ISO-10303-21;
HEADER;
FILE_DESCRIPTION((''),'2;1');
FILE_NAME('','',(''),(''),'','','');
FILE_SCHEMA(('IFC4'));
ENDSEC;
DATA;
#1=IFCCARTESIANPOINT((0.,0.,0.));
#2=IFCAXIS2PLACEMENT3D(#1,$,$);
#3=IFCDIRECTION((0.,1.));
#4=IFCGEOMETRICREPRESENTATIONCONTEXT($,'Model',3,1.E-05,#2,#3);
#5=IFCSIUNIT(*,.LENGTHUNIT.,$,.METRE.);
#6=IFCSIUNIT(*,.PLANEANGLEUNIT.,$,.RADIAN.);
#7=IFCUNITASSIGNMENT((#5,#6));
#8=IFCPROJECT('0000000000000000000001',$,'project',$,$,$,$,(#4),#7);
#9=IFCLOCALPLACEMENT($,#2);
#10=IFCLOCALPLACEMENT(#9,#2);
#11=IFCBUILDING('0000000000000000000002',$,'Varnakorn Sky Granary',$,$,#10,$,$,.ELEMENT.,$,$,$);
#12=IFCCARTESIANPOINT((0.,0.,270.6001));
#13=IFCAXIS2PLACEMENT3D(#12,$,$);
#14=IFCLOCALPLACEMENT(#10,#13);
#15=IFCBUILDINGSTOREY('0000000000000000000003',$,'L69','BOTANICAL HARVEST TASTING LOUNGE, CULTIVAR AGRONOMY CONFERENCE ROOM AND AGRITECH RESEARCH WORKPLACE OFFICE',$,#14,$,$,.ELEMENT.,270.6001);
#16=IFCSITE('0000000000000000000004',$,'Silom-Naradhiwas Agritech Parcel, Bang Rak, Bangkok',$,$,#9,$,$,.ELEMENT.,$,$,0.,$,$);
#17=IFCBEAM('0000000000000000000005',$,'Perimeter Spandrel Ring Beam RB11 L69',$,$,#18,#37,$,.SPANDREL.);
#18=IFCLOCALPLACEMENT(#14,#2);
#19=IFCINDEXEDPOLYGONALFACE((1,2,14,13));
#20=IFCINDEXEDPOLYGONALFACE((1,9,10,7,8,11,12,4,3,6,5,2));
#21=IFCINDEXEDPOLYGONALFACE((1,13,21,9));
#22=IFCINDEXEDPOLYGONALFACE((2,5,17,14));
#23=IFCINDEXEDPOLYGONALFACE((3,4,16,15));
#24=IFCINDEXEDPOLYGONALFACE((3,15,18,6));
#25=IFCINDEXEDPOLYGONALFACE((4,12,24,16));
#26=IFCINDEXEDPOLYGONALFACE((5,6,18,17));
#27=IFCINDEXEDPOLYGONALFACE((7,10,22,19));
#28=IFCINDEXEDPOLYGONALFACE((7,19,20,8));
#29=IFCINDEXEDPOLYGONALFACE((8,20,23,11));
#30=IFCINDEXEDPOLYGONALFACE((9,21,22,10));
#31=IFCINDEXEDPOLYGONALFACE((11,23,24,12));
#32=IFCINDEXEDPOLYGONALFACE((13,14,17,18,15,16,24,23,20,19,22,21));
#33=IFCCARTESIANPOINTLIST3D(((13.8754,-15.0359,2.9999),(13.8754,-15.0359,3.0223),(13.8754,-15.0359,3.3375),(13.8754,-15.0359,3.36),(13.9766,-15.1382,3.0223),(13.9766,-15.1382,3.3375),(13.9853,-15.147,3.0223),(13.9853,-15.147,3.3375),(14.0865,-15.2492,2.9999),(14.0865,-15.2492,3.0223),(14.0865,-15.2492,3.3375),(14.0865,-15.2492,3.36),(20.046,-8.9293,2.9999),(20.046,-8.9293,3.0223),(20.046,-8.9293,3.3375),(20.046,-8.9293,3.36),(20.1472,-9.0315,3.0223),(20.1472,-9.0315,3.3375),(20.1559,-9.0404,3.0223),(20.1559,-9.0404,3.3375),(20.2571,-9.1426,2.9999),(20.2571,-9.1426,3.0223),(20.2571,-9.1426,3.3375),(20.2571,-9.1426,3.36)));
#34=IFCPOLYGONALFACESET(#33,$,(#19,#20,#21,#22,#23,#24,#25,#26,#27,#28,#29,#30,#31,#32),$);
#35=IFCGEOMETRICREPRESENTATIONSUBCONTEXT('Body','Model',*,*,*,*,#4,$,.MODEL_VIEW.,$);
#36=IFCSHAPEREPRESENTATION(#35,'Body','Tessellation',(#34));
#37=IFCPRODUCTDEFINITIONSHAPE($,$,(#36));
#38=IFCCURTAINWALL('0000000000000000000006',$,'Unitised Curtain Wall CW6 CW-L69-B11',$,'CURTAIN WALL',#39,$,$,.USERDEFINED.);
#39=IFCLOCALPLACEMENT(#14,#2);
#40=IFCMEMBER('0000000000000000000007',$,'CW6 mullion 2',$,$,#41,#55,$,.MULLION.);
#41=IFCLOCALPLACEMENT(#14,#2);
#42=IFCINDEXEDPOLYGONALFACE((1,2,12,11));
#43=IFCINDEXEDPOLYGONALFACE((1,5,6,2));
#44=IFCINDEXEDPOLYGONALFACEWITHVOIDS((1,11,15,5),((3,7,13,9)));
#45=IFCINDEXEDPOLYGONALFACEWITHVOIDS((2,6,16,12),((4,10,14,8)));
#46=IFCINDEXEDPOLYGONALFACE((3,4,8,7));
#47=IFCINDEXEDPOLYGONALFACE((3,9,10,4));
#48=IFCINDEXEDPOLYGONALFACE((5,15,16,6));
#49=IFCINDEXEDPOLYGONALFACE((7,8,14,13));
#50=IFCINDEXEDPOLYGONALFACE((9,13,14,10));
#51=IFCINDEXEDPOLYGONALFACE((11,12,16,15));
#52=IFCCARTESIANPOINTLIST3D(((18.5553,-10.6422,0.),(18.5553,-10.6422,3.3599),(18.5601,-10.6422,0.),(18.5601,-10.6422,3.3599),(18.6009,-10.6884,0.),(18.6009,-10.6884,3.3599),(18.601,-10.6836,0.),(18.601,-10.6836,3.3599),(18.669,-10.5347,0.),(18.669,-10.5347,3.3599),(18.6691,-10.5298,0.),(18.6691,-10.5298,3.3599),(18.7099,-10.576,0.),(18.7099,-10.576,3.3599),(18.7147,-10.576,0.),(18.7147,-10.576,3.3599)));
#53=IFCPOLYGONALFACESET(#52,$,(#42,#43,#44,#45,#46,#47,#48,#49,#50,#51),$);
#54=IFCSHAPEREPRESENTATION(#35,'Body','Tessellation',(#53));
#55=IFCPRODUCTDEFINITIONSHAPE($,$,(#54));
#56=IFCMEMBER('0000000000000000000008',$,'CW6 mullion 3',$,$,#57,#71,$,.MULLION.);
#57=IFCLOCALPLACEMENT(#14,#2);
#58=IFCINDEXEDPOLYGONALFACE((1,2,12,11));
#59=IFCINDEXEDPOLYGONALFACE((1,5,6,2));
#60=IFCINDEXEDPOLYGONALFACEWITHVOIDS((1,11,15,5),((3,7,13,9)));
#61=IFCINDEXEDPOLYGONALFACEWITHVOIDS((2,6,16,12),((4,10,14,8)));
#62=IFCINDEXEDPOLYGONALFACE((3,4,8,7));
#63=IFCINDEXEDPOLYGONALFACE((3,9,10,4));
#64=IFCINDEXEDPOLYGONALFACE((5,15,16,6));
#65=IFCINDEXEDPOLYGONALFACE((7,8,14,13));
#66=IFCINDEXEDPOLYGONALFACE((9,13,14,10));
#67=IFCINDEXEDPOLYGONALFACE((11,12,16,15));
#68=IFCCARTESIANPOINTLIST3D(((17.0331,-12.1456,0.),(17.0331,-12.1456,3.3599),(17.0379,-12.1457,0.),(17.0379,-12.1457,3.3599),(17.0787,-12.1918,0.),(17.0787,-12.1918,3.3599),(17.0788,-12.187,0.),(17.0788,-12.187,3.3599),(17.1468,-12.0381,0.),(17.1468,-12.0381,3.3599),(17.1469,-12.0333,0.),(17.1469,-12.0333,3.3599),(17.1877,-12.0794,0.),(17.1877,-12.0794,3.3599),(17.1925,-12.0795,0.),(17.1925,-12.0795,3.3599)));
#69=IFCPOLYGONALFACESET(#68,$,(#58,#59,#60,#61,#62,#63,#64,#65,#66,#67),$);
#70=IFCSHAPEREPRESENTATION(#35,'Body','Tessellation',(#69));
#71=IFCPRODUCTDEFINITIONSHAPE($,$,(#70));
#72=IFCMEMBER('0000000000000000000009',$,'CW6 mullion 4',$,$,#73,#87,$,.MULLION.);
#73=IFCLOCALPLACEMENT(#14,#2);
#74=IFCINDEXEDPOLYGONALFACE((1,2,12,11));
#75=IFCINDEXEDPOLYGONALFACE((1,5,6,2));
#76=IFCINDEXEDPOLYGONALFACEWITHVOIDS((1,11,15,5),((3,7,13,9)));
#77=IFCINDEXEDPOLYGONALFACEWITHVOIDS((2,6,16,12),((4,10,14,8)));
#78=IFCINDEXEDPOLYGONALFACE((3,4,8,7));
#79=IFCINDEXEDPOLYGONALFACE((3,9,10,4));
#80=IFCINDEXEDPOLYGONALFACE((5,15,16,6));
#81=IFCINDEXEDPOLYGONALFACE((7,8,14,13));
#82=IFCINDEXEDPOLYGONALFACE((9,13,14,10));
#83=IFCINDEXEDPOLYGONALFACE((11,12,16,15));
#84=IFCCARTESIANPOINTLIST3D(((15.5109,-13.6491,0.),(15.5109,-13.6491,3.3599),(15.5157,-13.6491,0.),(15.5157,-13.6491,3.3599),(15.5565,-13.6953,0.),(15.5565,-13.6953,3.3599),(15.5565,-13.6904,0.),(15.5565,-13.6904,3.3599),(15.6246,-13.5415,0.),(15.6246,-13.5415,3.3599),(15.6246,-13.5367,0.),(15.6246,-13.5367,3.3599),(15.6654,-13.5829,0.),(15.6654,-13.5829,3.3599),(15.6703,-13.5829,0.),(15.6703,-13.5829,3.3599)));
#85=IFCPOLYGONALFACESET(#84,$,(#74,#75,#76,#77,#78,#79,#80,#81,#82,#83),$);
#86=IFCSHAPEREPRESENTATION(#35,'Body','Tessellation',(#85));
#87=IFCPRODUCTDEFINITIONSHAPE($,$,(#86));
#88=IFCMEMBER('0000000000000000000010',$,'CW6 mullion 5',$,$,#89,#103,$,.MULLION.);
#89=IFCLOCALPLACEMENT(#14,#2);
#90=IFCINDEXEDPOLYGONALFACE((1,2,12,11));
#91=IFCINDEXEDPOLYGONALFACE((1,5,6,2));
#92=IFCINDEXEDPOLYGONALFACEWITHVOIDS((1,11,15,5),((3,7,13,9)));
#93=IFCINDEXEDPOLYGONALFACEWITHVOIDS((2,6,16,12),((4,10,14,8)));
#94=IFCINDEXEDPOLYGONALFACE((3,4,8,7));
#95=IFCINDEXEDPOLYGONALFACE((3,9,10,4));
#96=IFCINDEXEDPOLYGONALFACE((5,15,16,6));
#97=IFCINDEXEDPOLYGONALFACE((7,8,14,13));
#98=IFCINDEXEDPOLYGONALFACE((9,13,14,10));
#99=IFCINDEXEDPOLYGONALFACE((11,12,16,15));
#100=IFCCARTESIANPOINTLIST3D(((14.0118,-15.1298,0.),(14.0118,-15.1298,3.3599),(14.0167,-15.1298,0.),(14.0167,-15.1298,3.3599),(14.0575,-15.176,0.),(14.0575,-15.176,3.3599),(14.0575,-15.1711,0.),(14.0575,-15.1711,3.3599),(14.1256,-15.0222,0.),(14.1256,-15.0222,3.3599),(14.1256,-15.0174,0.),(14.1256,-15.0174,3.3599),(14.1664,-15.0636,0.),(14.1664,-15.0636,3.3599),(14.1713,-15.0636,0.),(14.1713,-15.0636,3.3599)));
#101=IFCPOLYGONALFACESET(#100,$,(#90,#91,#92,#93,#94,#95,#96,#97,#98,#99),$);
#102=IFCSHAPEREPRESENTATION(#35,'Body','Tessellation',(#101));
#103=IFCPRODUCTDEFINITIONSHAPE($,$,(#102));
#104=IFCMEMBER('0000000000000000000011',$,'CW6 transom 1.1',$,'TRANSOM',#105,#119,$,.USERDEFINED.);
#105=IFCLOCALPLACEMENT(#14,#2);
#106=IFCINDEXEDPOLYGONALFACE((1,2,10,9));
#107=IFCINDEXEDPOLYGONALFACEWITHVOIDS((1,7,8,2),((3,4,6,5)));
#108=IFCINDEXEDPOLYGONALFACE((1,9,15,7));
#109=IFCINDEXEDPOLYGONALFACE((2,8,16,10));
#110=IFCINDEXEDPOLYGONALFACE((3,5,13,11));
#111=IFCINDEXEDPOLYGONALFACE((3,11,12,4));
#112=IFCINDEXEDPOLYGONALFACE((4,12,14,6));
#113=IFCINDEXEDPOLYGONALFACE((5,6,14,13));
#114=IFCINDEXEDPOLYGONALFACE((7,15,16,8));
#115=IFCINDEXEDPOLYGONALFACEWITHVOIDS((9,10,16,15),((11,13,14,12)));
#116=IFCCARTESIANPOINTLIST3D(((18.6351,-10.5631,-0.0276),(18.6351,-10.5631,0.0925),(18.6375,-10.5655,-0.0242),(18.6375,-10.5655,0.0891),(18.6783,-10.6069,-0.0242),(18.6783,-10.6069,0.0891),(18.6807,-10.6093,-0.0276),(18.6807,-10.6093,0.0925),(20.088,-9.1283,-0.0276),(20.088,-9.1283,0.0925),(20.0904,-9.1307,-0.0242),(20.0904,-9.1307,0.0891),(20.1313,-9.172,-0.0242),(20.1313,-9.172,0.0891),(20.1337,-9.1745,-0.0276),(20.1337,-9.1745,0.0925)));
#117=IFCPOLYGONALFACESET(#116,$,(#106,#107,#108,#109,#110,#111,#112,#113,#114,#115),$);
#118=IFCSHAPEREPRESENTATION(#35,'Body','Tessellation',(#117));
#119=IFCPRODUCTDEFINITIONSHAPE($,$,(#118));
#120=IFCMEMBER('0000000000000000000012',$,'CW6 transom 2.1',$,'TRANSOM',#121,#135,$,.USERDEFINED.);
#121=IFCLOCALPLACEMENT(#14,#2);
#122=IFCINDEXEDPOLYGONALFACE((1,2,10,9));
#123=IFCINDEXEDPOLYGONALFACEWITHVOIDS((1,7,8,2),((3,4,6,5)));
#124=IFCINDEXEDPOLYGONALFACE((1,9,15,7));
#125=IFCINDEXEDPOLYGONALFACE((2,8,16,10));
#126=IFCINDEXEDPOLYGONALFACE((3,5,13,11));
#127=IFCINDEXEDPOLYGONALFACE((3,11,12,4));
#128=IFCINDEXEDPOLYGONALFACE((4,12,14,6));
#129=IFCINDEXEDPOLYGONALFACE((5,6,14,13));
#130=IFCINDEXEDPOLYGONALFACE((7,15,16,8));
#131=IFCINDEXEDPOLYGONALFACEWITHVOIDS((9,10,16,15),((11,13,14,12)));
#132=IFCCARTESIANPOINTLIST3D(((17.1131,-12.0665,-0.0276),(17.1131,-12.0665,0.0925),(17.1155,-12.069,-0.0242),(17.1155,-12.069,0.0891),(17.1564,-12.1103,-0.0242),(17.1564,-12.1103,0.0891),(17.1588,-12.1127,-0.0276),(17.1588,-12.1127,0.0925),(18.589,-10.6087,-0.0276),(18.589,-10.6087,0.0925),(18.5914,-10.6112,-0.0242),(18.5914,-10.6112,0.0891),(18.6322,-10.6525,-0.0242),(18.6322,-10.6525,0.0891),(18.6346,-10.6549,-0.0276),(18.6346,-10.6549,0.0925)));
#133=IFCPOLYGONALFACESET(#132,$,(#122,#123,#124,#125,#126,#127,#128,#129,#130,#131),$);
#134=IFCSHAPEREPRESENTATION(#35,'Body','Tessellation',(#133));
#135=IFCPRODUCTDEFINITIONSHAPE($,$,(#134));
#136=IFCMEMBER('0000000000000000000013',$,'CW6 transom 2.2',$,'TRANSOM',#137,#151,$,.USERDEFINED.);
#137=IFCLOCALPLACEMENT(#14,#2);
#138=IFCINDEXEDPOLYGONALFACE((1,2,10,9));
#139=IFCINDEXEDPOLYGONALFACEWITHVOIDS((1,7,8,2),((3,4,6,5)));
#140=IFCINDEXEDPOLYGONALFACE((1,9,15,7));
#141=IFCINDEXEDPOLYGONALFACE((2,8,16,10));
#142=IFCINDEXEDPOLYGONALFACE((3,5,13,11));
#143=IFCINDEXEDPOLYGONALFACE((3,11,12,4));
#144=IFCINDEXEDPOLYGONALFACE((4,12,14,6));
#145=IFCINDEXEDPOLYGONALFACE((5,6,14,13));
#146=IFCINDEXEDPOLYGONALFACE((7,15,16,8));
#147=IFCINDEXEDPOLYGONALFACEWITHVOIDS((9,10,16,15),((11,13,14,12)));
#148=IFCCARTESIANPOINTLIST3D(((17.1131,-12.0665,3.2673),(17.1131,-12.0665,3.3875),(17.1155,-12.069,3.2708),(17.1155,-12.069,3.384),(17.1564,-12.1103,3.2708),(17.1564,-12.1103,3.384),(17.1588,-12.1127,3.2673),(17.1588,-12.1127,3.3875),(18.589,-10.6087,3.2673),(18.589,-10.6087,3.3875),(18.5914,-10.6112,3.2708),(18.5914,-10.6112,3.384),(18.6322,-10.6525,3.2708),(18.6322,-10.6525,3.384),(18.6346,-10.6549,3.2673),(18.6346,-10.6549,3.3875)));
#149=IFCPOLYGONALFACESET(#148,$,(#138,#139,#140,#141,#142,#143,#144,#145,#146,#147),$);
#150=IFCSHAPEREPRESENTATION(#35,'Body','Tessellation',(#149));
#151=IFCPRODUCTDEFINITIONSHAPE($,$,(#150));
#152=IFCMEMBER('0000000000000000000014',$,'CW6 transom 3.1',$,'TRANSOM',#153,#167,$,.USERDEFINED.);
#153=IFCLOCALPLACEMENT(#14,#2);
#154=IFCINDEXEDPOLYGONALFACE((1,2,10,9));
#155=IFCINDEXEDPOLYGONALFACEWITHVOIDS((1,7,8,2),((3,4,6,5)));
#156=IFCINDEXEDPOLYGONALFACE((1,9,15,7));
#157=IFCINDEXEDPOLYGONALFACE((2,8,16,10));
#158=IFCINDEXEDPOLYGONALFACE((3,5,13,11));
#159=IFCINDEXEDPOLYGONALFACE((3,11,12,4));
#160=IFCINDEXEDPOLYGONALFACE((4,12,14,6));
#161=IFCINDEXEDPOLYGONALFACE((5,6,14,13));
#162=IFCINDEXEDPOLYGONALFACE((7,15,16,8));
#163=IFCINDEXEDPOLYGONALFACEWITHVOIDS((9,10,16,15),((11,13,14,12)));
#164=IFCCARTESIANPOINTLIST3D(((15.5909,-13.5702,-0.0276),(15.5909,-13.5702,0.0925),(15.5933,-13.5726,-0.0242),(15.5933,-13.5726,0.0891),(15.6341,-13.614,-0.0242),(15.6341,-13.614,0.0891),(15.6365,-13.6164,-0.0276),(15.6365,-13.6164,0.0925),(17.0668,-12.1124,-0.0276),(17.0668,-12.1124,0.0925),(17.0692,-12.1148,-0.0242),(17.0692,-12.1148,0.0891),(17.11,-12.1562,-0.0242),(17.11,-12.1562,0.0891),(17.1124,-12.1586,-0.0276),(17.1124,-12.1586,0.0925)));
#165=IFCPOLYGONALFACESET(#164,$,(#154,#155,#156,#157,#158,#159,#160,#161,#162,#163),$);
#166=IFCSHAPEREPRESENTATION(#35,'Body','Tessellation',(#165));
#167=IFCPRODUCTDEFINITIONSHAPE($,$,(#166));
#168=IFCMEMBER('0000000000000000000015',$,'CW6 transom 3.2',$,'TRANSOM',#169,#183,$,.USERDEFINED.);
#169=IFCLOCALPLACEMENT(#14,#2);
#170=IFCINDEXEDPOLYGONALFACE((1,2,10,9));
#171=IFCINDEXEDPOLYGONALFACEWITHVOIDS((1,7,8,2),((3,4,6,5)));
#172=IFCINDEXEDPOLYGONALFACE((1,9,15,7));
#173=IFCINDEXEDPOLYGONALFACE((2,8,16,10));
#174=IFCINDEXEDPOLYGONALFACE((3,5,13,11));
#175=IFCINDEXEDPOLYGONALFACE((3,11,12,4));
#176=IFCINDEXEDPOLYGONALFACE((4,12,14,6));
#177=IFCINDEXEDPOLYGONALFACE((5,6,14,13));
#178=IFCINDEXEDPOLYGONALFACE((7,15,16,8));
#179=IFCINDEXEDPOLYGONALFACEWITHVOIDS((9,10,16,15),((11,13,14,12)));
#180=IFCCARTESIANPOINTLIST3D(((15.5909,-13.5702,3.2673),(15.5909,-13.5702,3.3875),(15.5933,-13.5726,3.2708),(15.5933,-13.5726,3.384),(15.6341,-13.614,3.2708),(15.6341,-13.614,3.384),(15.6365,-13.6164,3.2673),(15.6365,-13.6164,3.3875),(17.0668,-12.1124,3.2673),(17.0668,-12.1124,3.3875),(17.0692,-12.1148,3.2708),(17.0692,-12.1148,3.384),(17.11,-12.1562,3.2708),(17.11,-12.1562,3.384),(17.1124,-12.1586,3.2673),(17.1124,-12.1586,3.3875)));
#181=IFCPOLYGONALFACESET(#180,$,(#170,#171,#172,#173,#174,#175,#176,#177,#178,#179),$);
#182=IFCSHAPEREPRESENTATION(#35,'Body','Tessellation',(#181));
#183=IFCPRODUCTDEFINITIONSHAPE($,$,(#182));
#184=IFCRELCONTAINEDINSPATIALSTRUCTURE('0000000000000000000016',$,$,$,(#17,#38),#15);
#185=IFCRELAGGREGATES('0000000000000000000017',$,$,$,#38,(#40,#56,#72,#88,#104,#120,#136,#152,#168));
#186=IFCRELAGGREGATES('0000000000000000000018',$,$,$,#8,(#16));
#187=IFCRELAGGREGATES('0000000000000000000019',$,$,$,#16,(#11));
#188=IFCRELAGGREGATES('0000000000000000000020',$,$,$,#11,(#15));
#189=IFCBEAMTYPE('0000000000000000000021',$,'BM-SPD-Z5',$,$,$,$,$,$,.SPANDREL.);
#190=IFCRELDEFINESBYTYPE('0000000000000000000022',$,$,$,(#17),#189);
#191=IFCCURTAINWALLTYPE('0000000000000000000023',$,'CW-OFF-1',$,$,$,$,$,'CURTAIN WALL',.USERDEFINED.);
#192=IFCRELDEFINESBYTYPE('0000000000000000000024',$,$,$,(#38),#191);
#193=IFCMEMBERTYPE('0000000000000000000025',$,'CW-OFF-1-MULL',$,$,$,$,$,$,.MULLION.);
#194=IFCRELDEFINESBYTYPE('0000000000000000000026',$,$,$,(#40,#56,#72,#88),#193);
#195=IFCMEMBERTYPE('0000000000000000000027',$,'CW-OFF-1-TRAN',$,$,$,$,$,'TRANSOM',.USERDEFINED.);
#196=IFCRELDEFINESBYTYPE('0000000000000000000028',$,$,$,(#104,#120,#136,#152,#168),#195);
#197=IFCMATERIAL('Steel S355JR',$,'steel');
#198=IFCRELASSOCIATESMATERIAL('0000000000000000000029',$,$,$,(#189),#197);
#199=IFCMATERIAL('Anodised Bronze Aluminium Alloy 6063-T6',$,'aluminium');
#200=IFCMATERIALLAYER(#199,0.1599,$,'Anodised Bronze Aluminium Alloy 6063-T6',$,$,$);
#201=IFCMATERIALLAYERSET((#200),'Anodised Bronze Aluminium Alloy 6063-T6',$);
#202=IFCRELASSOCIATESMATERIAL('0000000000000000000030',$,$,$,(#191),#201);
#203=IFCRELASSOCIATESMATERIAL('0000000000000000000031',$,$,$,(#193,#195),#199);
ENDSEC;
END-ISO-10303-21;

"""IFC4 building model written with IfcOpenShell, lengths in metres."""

from ifc_helpers import new_model, si_unit, direction, frame, origin, origin_2d, place, context, subcontext, project, spatial, hollow_rectangle, i_section, extrude, material, layer, layer_set, material_profile, profile_set, type_object, element, aggregate, save


model = new_model("IFC4")

# Units and contexts
model_context = context("Model", 3, precision=1e-05, world=origin(), true_north=direction((0.0, 1.0)))
body_context = subcontext(model_context, "Body", "Model", "MODEL_VIEW")
ifc_project = project(units=[si_unit("LENGTHUNIT", "METRE"), si_unit("PLANEANGLEUNIT", "RADIAN")], contexts=[model_context])

# Site, building, storey
site_placement = place(None, origin())
site = spatial("IfcSite", under=ifc_project, at=site_placement, Name="Silom-Naradhiwas Agritech Parcel, Bang Rak, Bangkok", CompositionType="ELEMENT", RefElevation=0.0)
building_placement = place(site_placement, origin())
building = spatial("IfcBuilding", under=site, at=building_placement, Name="Varnakorn Sky Granary", CompositionType="ELEMENT")
storey_placement = place(building_placement, frame((0.0, 0.0, 270.6001)))
storey = spatial("IfcBuildingStorey", under=building, at=storey_placement, Name="L69", Description="BOTANICAL HARVEST TASTING LOUNGE, CULTIVAR AGRONOMY CONFERENCE ROOM AND AGRITECH RESEARCH WORKPLACE OFFICE", CompositionType="ELEMENT", Elevation=270.6001)

# Beam
ifc_material_1 = material(Name="Steel S355JR", Category="steel")
ifc_material_profile_1 = material_profile(ifc_material_1, i_section(OverallWidth=0.3, OverallDepth=0.3601, WebThickness=0.0125, FlangeThickness=0.0225, at=origin_2d()), Name="HE 360 B")
ifc_profile_set_1 = profile_set([ifc_material_profile_1], Name="Steel S355JR")
beam_type = type_object("IfcBeamType", Name="BM-SPD-Z5", PredefinedType="SPANDREL", material=ifc_profile_set_1)
beam_placement = place(storey_placement, frame((13.981, -15.1426, 3.1799), z_axis=(0.710781, 0.703413, 0.0), x_axis=(-0.703413, 0.710781, 0.0)))
element("IfcBeam", 1, at=beam_placement, inside=storey, type_object=beam_type, Name="Perimeter Spandrel Ring Beam RB11 L69", PredefinedType="SPANDREL", context=body_context, shape_type="SweptSolid", body=[
    extrude(i_section(OverallWidth=0.3, OverallDepth=0.3601, WebThickness=0.0125, FlangeThickness=0.0225, at=origin_2d()), origin(), (0.0, 0.0, 1.0), 8.6814),
])

# Curtain wall, members
ifc_material_2 = material(Name="Anodised Bronze Aluminium Alloy 6063-T6", Category="aluminium")
ifc_layer_1 = layer(ifc_material_2, 0.1599, Name="Anodised Bronze Aluminium Alloy 6063-T6")
ifc_layer_set_1 = layer_set([ifc_layer_1], Name="Anodised Bronze Aluminium Alloy 6063-T6")
curtain_wall_type = type_object("IfcCurtainWallType", Name="CW-OFF-1", ElementType="CURTAIN WALL", PredefinedType="USERDEFINED", material=ifc_layer_set_1)
curtain_wall_placement = place(storey_placement, origin())
curtain_wall = element("IfcCurtainWall", 2, at=curtain_wall_placement, inside=storey, type_object=curtain_wall_type, Name="Unitised Curtain Wall CW6 CW-L69-B11", ObjectType="CURTAIN WALL", PredefinedType="USERDEFINED")
ifc_material_profile_2 = material_profile(ifc_material_2, hollow_rectangle(XDim=0.0649, YDim=0.1599, WallThickness=0.0034, at=origin_2d()), Name="ALU MULL 65x160")
ifc_profile_set_2 = profile_set([ifc_material_profile_2], Name="Anodised Bronze Aluminium Alloy 6063-T6")
member_type_1 = type_object("IfcMemberType", Name="CW-OFF-1-MULL", PredefinedType="MULLION", material=ifc_profile_set_2)
member_1_placement = place(storey_placement, frame((18.635, -10.6091, 0.0), z_axis=(0.0, 0.0, 1.0), x_axis=(0.702729, -0.711458, 0.0)))
member_1 = element("IfcMember", 3, at=member_1_placement, type_object=member_type_1, Name="CW6 mullion 2", PredefinedType="MULLION", context=body_context, shape_type="SweptSolid", body=[
    extrude(hollow_rectangle(XDim=0.0649, YDim=0.1599, WallThickness=0.0034, at=origin_2d()), origin(), (0.0, 0.0, 1.0), 3.3599),
])
member_2_placement = place(storey_placement, frame((17.1128, -12.1125, 0.0), z_axis=(0.0, 0.0, 1.0), x_axis=(0.702729, -0.711458, 0.0)))
member_2 = element("IfcMember", 4, at=member_2_placement, type_object=member_type_1, Name="CW6 mullion 3", PredefinedType="MULLION", context=body_context, shape_type="SweptSolid", body=[
    extrude(hollow_rectangle(XDim=0.0649, YDim=0.1599, WallThickness=0.0034, at=origin_2d()), origin(), (0.0, 0.0, 1.0), 3.3599),
])
member_3_placement = place(storey_placement, frame((15.5906, -13.616, 0.0), z_axis=(0.0, 0.0, 1.0), x_axis=(0.702729, -0.711458, 0.0)))
member_3 = element("IfcMember", 5, at=member_3_placement, type_object=member_type_1, Name="CW6 mullion 4", PredefinedType="MULLION", context=body_context, shape_type="SweptSolid", body=[
    extrude(hollow_rectangle(XDim=0.0649, YDim=0.1599, WallThickness=0.0034, at=origin_2d()), origin(), (0.0, 0.0, 1.0), 3.3599),
])
member_4_placement = place(storey_placement, frame((14.0916, -15.0967, 0.0), z_axis=(0.0, 0.0, 1.0), x_axis=(0.702729, -0.711458, 0.0)))
member_4 = element("IfcMember", 6, at=member_4_placement, type_object=member_type_1, Name="CW6 mullion 5", PredefinedType="MULLION", context=body_context, shape_type="SweptSolid", body=[
    extrude(hollow_rectangle(XDim=0.0649, YDim=0.1599, WallThickness=0.0034, at=origin_2d()), origin(), (0.0, 0.0, 1.0), 3.3599),
])
ifc_material_profile_3 = material_profile(ifc_material_2, hollow_rectangle(XDim=0.0649, YDim=0.1201, WallThickness=0.0034, at=origin_2d()), Name="ALU TRAN 65x120")
ifc_profile_set_3 = profile_set([ifc_material_profile_3], Name="Anodised Bronze Aluminium Alloy 6063-T6")
member_type_2 = type_object("IfcMemberType", Name="CW-OFF-1-TRAN", ElementType="TRANSOM", PredefinedType="USERDEFINED", material=ifc_profile_set_3)
member_5_placement = place(storey_placement, frame((20.1108, -9.1514, 0.0325), z_axis=(-0.711517, -0.702669, 0.0), x_axis=(0.702669, -0.711517, 0.0)))
member_5 = element("IfcMember", 7, at=member_5_placement, type_object=member_type_2, Name="CW6 transom 1.1", ObjectType="TRANSOM", PredefinedType="USERDEFINED", context=body_context, shape_type="SweptSolid", body=[
    extrude(hollow_rectangle(XDim=0.0649, YDim=0.1201, WallThickness=0.0034, at=origin_2d()), origin(), (0.0, 0.0, 1.0), 2.042),
])
member_6_placement = place(storey_placement, frame((18.6118, -10.6318, 0.0325), z_axis=(-0.711448, -0.702739, 0.0), x_axis=(0.702739, -0.711448, 0.0)))
member_6 = element("IfcMember", 8, at=member_6_placement, type_object=member_type_2, Name="CW6 transom 2.1", ObjectType="TRANSOM", PredefinedType="USERDEFINED", context=body_context, shape_type="SweptSolid", body=[
    extrude(hollow_rectangle(XDim=0.0649, YDim=0.1201, WallThickness=0.0034, at=origin_2d()), origin(), (0.0, 0.0, 1.0), 2.0745),
])
member_7_placement = place(storey_placement, frame((18.6118, -10.6318, 3.3274), z_axis=(-0.711448, -0.702739, 0.0), x_axis=(0.702739, -0.711448, 0.0)))
member_7 = element("IfcMember", 9, at=member_7_placement, type_object=member_type_2, Name="CW6 transom 2.2", ObjectType="TRANSOM", PredefinedType="USERDEFINED", context=body_context, shape_type="SweptSolid", body=[
    extrude(hollow_rectangle(XDim=0.0649, YDim=0.1201, WallThickness=0.0034, at=origin_2d()), origin(), (0.0, 0.0, 1.0), 2.0745),
])
member_8_placement = place(storey_placement, frame((17.0896, -12.1355, 0.0325), z_axis=(-0.711448, -0.702739, 0.0), x_axis=(0.702739, -0.711448, 0.0)))
member_8 = element("IfcMember", 10, at=member_8_placement, type_object=member_type_2, Name="CW6 transom 3.1", ObjectType="TRANSOM", PredefinedType="USERDEFINED", context=body_context, shape_type="SweptSolid", body=[
    extrude(hollow_rectangle(XDim=0.0649, YDim=0.1201, WallThickness=0.0034, at=origin_2d()), origin(), (0.0, 0.0, 1.0), 2.0745),
])
member_9_placement = place(storey_placement, frame((17.0896, -12.1355, 3.3274), z_axis=(-0.711448, -0.702739, 0.0), x_axis=(0.702739, -0.711448, 0.0)))
member_9 = element("IfcMember", 11, at=member_9_placement, type_object=member_type_2, Name="CW6 transom 3.2", ObjectType="TRANSOM", PredefinedType="USERDEFINED", context=body_context, shape_type="SweptSolid", body=[
    extrude(hollow_rectangle(XDim=0.0649, YDim=0.1201, WallThickness=0.0034, at=origin_2d()), origin(), (0.0, 0.0, 1.0), 2.0745),
])

aggregate(curtain_wall, [member_1, member_2, member_3, member_4, member_5, member_6, member_7, member_8, member_9])

save(model, "model.ifc")
